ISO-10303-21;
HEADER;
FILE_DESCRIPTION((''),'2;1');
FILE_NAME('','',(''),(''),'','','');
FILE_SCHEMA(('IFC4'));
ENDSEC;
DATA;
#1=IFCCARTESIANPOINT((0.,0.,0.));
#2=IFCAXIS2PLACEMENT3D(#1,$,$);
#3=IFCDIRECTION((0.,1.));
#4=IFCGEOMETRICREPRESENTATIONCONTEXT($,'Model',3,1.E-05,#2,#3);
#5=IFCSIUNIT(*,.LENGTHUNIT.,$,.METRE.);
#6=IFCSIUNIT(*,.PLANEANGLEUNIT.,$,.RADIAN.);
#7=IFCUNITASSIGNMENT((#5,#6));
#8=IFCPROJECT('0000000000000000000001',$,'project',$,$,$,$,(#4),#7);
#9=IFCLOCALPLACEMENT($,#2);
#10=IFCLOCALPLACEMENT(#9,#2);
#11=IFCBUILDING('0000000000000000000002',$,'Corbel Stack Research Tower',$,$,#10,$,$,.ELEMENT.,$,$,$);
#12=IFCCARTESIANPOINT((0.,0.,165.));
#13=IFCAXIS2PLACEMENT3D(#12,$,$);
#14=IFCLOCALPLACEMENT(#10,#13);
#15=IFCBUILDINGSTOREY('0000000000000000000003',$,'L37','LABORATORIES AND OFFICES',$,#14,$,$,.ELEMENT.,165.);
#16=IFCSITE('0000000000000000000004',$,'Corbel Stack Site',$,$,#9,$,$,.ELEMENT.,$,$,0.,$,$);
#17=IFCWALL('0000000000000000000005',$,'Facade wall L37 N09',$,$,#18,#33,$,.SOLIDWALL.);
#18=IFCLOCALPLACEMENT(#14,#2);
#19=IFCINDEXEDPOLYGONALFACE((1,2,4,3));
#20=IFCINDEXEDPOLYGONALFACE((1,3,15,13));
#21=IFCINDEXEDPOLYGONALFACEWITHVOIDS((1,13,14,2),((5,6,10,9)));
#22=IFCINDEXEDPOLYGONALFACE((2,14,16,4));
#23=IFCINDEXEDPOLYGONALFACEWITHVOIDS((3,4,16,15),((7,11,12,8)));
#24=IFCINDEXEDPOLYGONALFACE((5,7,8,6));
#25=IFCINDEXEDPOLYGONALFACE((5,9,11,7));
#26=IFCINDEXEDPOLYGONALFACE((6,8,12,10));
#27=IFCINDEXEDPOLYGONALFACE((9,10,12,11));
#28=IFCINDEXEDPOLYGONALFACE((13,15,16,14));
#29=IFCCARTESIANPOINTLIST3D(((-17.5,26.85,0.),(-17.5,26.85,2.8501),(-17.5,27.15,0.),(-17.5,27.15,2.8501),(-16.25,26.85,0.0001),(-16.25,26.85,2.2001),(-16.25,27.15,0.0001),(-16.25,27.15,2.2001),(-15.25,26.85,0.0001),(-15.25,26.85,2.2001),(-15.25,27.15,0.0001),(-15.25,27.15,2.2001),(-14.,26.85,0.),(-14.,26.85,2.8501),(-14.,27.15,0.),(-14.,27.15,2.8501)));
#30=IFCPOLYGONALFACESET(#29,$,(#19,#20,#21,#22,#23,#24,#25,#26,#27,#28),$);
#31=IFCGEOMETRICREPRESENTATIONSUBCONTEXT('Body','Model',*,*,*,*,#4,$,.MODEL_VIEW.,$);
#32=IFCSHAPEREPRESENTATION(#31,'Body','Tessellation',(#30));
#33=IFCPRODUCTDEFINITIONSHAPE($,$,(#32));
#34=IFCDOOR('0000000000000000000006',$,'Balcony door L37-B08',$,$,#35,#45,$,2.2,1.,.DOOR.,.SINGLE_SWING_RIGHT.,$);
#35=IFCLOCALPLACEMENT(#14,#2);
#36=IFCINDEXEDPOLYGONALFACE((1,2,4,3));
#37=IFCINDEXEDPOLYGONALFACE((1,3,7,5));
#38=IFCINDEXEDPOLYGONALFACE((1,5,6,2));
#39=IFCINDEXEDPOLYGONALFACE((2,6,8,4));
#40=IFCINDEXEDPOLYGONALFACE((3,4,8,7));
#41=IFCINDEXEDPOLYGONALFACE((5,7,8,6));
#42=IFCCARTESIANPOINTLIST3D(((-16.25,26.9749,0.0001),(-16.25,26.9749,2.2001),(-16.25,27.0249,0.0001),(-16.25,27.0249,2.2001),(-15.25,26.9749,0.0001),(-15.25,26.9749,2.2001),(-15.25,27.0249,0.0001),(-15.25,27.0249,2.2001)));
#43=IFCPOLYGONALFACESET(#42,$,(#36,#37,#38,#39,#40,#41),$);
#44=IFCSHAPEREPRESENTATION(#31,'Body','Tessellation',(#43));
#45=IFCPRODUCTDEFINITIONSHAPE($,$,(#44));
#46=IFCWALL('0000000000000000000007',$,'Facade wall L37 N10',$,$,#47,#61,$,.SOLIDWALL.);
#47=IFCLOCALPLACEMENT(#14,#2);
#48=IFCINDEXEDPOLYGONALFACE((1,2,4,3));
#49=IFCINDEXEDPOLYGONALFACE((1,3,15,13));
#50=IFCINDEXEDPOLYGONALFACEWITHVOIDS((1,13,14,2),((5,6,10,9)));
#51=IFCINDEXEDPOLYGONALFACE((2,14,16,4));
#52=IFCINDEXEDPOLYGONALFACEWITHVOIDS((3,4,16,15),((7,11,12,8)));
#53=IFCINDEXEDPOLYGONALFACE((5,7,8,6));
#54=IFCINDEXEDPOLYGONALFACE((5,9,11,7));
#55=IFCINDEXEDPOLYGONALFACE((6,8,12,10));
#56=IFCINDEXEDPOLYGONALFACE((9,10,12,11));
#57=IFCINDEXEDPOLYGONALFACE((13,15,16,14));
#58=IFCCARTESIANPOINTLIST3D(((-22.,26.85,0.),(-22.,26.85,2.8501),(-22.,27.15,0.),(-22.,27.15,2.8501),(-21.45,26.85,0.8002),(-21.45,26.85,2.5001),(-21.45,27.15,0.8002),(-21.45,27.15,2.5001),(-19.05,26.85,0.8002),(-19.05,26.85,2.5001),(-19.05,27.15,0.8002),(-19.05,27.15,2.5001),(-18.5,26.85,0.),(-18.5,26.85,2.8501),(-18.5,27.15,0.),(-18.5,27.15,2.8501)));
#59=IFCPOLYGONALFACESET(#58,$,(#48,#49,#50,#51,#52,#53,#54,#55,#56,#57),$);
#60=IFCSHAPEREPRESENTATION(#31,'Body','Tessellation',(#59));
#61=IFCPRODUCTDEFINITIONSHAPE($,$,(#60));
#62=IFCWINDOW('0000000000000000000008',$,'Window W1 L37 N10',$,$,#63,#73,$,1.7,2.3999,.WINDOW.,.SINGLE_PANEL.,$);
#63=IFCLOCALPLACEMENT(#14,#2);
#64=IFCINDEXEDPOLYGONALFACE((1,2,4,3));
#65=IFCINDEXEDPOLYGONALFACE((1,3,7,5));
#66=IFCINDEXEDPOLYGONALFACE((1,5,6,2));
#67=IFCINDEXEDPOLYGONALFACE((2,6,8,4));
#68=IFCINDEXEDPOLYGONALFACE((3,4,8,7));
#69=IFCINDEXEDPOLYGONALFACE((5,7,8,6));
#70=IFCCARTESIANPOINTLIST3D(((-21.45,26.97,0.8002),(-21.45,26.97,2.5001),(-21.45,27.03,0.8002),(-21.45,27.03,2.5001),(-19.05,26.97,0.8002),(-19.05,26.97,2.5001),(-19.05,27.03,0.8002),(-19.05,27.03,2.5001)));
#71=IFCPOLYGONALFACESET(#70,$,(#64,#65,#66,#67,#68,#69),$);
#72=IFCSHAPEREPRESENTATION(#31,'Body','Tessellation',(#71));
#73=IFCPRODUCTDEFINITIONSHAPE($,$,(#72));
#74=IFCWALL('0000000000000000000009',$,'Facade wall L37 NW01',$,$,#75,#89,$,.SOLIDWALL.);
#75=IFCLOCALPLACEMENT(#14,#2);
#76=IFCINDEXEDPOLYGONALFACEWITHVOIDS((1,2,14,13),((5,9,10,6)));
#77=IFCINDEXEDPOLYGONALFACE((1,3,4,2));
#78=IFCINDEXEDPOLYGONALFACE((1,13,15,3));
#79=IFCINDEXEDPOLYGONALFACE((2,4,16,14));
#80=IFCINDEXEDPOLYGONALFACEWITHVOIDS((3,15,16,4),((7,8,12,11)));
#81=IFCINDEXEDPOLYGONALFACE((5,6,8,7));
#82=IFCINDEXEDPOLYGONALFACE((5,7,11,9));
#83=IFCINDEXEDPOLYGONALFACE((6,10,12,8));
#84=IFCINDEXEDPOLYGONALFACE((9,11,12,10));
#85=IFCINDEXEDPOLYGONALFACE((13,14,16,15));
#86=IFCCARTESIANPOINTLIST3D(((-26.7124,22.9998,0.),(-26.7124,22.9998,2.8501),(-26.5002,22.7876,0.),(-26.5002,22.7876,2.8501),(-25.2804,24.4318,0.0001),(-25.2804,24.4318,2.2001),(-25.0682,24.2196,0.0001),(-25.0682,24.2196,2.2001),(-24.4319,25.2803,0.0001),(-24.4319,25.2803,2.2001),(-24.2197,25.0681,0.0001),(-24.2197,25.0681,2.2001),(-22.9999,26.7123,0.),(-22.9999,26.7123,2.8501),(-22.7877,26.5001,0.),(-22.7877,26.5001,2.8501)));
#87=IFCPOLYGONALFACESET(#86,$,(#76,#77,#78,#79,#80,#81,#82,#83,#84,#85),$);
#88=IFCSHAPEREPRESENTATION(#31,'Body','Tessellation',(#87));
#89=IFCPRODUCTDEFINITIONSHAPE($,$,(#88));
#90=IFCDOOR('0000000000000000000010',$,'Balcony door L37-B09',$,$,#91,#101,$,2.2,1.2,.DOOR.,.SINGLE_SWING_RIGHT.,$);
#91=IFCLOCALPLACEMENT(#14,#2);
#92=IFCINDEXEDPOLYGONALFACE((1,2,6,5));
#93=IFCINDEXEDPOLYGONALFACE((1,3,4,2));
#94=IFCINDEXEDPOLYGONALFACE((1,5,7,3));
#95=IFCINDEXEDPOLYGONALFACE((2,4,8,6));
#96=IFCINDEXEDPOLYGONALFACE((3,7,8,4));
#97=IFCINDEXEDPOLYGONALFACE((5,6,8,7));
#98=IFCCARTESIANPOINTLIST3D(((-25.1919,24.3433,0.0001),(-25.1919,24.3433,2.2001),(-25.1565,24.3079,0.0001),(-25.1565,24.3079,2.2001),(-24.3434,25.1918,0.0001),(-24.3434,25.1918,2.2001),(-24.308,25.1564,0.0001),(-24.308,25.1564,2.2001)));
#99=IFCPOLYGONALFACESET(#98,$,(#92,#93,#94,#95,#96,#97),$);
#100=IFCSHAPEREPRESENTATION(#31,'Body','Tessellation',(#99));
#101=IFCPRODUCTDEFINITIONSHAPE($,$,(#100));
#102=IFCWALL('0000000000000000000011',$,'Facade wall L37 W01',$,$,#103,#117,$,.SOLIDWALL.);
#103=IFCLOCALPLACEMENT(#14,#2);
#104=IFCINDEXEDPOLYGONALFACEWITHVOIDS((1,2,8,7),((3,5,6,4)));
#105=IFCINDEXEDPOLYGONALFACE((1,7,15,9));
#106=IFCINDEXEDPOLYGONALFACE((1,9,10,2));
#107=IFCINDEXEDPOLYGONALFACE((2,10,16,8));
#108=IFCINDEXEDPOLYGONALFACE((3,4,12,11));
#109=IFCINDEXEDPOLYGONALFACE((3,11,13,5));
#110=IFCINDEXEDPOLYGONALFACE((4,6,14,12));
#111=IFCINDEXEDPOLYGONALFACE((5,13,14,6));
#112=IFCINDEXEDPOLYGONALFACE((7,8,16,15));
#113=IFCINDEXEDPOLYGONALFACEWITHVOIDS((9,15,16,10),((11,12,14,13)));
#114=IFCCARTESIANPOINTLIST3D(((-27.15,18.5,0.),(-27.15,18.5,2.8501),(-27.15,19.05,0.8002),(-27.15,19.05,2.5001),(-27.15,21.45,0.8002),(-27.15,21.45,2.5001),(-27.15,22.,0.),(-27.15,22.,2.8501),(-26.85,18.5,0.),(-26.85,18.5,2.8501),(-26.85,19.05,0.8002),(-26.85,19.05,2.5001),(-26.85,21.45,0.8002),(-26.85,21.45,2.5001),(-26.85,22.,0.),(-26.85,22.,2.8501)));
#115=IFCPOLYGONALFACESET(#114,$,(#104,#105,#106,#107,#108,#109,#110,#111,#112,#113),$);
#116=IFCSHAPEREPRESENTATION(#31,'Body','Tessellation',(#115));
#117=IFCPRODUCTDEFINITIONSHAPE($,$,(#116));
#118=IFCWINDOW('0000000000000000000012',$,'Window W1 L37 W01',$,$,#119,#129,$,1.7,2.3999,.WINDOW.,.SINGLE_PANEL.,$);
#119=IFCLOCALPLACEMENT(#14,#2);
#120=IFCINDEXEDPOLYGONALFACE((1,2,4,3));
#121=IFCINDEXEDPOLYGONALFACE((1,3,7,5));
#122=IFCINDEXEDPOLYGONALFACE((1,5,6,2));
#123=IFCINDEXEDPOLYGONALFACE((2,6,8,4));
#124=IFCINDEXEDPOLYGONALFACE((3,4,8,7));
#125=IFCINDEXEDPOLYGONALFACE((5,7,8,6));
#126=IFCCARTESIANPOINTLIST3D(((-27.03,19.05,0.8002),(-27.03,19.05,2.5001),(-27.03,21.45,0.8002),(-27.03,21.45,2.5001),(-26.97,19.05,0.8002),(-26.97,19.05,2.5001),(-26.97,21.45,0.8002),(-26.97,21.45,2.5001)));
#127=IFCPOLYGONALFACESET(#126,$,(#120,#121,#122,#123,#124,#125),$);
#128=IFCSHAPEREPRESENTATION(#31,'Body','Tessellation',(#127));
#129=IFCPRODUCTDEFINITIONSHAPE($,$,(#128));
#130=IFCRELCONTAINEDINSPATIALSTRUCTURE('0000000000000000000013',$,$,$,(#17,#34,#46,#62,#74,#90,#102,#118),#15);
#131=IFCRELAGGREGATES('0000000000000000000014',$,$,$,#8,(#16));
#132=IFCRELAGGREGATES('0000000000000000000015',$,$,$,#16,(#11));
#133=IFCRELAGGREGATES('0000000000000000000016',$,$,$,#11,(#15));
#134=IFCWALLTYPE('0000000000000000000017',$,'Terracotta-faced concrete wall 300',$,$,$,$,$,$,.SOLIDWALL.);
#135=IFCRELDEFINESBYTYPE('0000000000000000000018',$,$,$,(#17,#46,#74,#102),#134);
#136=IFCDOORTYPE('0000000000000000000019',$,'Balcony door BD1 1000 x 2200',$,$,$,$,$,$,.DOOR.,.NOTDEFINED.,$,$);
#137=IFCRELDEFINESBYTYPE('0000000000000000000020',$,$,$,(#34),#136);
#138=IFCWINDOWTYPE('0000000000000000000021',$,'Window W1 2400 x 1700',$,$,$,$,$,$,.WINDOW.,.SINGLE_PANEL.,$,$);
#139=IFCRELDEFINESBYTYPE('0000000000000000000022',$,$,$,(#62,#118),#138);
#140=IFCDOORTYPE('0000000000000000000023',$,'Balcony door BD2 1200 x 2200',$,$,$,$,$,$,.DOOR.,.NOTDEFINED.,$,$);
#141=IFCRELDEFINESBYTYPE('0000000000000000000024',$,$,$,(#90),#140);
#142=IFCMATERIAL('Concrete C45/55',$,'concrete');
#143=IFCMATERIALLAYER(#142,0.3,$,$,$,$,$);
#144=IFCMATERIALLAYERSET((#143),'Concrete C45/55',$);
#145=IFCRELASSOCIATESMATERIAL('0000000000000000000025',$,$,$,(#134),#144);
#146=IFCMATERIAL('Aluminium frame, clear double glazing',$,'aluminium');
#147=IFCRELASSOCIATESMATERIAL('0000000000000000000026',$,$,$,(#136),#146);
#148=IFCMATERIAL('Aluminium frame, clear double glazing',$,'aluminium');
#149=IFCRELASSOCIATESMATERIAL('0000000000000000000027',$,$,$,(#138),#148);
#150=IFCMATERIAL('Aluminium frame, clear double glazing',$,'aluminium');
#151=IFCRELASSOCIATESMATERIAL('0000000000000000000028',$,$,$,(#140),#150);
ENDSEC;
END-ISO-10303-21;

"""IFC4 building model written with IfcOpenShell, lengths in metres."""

from ifc_helpers import new_model, si_unit, direction, frame, frame_2d, origin, place, context, subcontext, project, spatial, rectangle, extrude, material, layer, layer_set, type_object, element, fill, save


model = new_model("IFC4")

# Units and contexts
model_context = context("Model", 3, precision=1e-05, world=origin(), true_north=direction((0.0, 1.0)))
body_context = subcontext(model_context, "Body", "Model", "MODEL_VIEW")
ifc_project = project(units=[si_unit("LENGTHUNIT", "METRE"), si_unit("PLANEANGLEUNIT", "RADIAN")], contexts=[model_context])

# Site, building, storey
site_placement = place(None, origin())
site = spatial("IfcSite", under=ifc_project, at=site_placement, Name="Corbel Stack Site", CompositionType="ELEMENT", RefElevation=0.0)
building_placement = place(site_placement, origin())
building = spatial("IfcBuilding", under=site, at=building_placement, Name="Corbel Stack Research Tower", CompositionType="ELEMENT")
storey_placement = place(building_placement, frame((0.0, 0.0, 165.0)))
storey = spatial("IfcBuildingStorey", under=building, at=storey_placement, Name="L37", Description="LABORATORIES AND OFFICES", CompositionType="ELEMENT", Elevation=165.0)

# Wall, opening, door
ifc_material_1 = material(Name="Concrete C45/55", Category="concrete")
ifc_layer_1 = layer(ifc_material_1, 0.3)
ifc_layer_set_1 = layer_set([ifc_layer_1], Name="Concrete C45/55")
wall_type_1 = type_object("IfcWallType", Name="Terracotta-faced concrete wall 300", PredefinedType="SOLIDWALL", material=ifc_layer_set_1)
wall_1_placement = place(storey_placement, frame((-17.5, 27.0, 0.0), z_axis=(0.0, 0.0, 1.0), x_axis=(1.0, 0.0, 0.0)))
wall_1 = element("IfcWall", 1, at=wall_1_placement, inside=storey, type_object=wall_type_1, Name="Facade wall L37 N09", PredefinedType="SOLIDWALL", context=body_context, shape_type="SweptSolid", body=[
    extrude(rectangle(XDim=3.5, YDim=0.3, at=frame_2d((1.75, 0.0))), origin(), (0.0, 0.0, 1.0), 2.8501),
])
opening_1_placement = place(wall_1_placement, frame((1.25, 0.0, 0.0)))
opening_1 = element("IfcOpeningElement", 2, at=opening_1_placement, cuts=wall_1, PredefinedType="OPENING", context=body_context, shape_type="SweptSolid", body=[
    extrude(rectangle(XDim=1.0, YDim=2.2, at=frame_2d((0.5, 1.1001))), frame((0.0, 0.1599, 0.0), z_axis=(0.0, -1.0, 0.0), x_axis=(1.0, 0.0, 0.0)), (0.0, 0.0, 1.0), 0.3201),
])
ifc_material_2 = material(Name="Aluminium frame, clear double glazing", Category="aluminium")
door_type_1 = type_object("IfcDoorType", Name="Balcony door BD1 1000 x 2200", OperationType="NOTDEFINED", PredefinedType="DOOR", material=ifc_material_2)
door_1_placement = place(opening_1_placement, origin())
door_1 = element("IfcDoor", 3, at=door_1_placement, inside=storey, type_object=door_type_1, Name="Balcony door L37-B08", OperationType="SINGLE_SWING_RIGHT", OverallHeight=2.2, OverallWidth=1.0, PredefinedType="DOOR", context=body_context, shape_type="SweptSolid", body=[
    extrude(rectangle(XDim=1.0, YDim=2.2, at=frame_2d((0.5, 1.1001))), frame((0.0, 0.0249, 0.0), z_axis=(0.0, -1.0, 0.0), x_axis=(1.0, 0.0, 0.0)), (0.0, 0.0, 1.0), 0.05),
])
fill(opening_1, door_1)

# Wall, opening, window
wall_2_placement = place(storey_placement, frame((-22.0, 27.0, 0.0), z_axis=(0.0, 0.0, 1.0), x_axis=(1.0, 0.0, 0.0)))
wall_2 = element("IfcWall", 4, at=wall_2_placement, inside=storey, type_object=wall_type_1, Name="Facade wall L37 N10", PredefinedType="SOLIDWALL", context=body_context, shape_type="SweptSolid", body=[
    extrude(rectangle(XDim=3.5, YDim=0.3, at=frame_2d((1.75, 0.0))), origin(), (0.0, 0.0, 1.0), 2.8501),
])
opening_2_placement = place(wall_2_placement, frame((0.55, 0.0, 0.8)))
opening_2 = element("IfcOpeningElement", 5, at=opening_2_placement, cuts=wall_2, PredefinedType="OPENING", context=body_context, shape_type="SweptSolid", body=[
    extrude(rectangle(XDim=2.3999, YDim=1.7, at=frame_2d((1.2, 0.8501))), frame((0.0, 0.1599, 0.0), z_axis=(0.0, -1.0, 0.0), x_axis=(1.0, 0.0, 0.0)), (0.0, 0.0, 1.0), 0.3201),
])
ifc_material_3 = material(Name="Aluminium frame, clear double glazing", Category="aluminium")
window_type = type_object("IfcWindowType", Name="Window W1 2400 x 1700", PartitioningType="SINGLE_PANEL", PredefinedType="WINDOW", material=ifc_material_3)
window_1_placement = place(opening_2_placement, origin())
window_1 = element("IfcWindow", 6, at=window_1_placement, inside=storey, type_object=window_type, Name="Window W1 L37 N10", OverallHeight=1.7, OverallWidth=2.3999, PartitioningType="SINGLE_PANEL", PredefinedType="WINDOW", context=body_context, shape_type="SweptSolid", body=[
    extrude(rectangle(XDim=2.3999, YDim=1.7, at=frame_2d((1.2, 0.8501))), frame((0.0, 0.03, 0.0), z_axis=(0.0, -1.0, 0.0), x_axis=(1.0, 0.0, 0.0)), (0.0, 0.0, 1.0), 0.0601),
])
fill(opening_2, window_1)

# Wall, opening, door
wall_3_placement = place(storey_placement, frame((-26.6062, 22.8938, 0.0), z_axis=(0.0, 0.0, 1.0), x_axis=(0.707107, 0.707107, 0.0)))
wall_3 = element("IfcWall", 7, at=wall_3_placement, inside=storey, type_object=wall_type_1, Name="Facade wall L37 NW01", PredefinedType="SOLIDWALL", context=body_context, shape_type="SweptSolid", body=[
    extrude(rectangle(XDim=5.2502, YDim=0.3, at=frame_2d((2.625, 0.0))), origin(), (0.0, 0.0, 1.0), 2.8501),
])
opening_3_placement = place(wall_3_placement, frame((2.0249, 0.0, 0.0)))
opening_3 = element("IfcOpeningElement", 8, at=opening_3_placement, cuts=wall_3, PredefinedType="OPENING", context=body_context, shape_type="SweptSolid", body=[
    extrude(rectangle(XDim=1.2, YDim=2.2, at=frame_2d((0.6001, 1.1001))), frame((0.0, 0.1599, 0.0), z_axis=(0.0, -1.0, 0.0), x_axis=(1.0, 0.0, 0.0)), (0.0, 0.0, 1.0), 0.3201),
])
ifc_material_4 = material(Name="Aluminium frame, clear double glazing", Category="aluminium")
door_type_2 = type_object("IfcDoorType", Name="Balcony door BD2 1200 x 2200", OperationType="NOTDEFINED", PredefinedType="DOOR", material=ifc_material_4)
door_2_placement = place(opening_3_placement, origin())
door_2 = element("IfcDoor", 9, at=door_2_placement, inside=storey, type_object=door_type_2, Name="Balcony door L37-B09", OperationType="SINGLE_SWING_RIGHT", OverallHeight=2.2, OverallWidth=1.2, PredefinedType="DOOR", context=body_context, shape_type="SweptSolid", body=[
    extrude(rectangle(XDim=1.2, YDim=2.2, at=frame_2d((0.6001, 1.1001))), frame((0.0, 0.0249, 0.0), z_axis=(0.0, -1.0, 0.0), x_axis=(1.0, 0.0, 0.0)), (0.0, 0.0, 1.0), 0.05),
])
fill(opening_3, door_2)

# Wall, opening, window
wall_4_placement = place(storey_placement, frame((-27.0, 18.5, 0.0), z_axis=(0.0, 0.0, 1.0), x_axis=(0.0, 1.0, 0.0)))
wall_4 = element("IfcWall", 10, at=wall_4_placement, inside=storey, type_object=wall_type_1, Name="Facade wall L37 W01", PredefinedType="SOLIDWALL", context=body_context, shape_type="SweptSolid", body=[
    extrude(rectangle(XDim=3.5, YDim=0.3, at=frame_2d((1.75, 0.0))), origin(), (0.0, 0.0, 1.0), 2.8501),
])
opening_4_placement = place(wall_4_placement, frame((0.55, 0.0, 0.8)))
opening_4 = element("IfcOpeningElement", 11, at=opening_4_placement, cuts=wall_4, PredefinedType="OPENING", context=body_context, shape_type="SweptSolid", body=[
    extrude(rectangle(XDim=2.3999, YDim=1.7, at=frame_2d((1.2, 0.8501))), frame((0.0, 0.1599, 0.0), z_axis=(0.0, -1.0, 0.0), x_axis=(1.0, 0.0, 0.0)), (0.0, 0.0, 1.0), 0.3201),
])
window_2_placement = place(opening_4_placement, origin())
window_2 = element("IfcWindow", 12, at=window_2_placement, inside=storey, type_object=window_type, Name="Window W1 L37 W01", OverallHeight=1.7, OverallWidth=2.3999, PartitioningType="SINGLE_PANEL", PredefinedType="WINDOW", context=body_context, shape_type="SweptSolid", body=[
    extrude(rectangle(XDim=2.3999, YDim=1.7, at=frame_2d((1.2, 0.8501))), frame((0.0, 0.03, 0.0), z_axis=(0.0, -1.0, 0.0), x_axis=(1.0, 0.0, 0.0)), (0.0, 0.0, 1.0), 0.0601),
])
fill(opening_4, window_2)

save(model, "model.ifc")
